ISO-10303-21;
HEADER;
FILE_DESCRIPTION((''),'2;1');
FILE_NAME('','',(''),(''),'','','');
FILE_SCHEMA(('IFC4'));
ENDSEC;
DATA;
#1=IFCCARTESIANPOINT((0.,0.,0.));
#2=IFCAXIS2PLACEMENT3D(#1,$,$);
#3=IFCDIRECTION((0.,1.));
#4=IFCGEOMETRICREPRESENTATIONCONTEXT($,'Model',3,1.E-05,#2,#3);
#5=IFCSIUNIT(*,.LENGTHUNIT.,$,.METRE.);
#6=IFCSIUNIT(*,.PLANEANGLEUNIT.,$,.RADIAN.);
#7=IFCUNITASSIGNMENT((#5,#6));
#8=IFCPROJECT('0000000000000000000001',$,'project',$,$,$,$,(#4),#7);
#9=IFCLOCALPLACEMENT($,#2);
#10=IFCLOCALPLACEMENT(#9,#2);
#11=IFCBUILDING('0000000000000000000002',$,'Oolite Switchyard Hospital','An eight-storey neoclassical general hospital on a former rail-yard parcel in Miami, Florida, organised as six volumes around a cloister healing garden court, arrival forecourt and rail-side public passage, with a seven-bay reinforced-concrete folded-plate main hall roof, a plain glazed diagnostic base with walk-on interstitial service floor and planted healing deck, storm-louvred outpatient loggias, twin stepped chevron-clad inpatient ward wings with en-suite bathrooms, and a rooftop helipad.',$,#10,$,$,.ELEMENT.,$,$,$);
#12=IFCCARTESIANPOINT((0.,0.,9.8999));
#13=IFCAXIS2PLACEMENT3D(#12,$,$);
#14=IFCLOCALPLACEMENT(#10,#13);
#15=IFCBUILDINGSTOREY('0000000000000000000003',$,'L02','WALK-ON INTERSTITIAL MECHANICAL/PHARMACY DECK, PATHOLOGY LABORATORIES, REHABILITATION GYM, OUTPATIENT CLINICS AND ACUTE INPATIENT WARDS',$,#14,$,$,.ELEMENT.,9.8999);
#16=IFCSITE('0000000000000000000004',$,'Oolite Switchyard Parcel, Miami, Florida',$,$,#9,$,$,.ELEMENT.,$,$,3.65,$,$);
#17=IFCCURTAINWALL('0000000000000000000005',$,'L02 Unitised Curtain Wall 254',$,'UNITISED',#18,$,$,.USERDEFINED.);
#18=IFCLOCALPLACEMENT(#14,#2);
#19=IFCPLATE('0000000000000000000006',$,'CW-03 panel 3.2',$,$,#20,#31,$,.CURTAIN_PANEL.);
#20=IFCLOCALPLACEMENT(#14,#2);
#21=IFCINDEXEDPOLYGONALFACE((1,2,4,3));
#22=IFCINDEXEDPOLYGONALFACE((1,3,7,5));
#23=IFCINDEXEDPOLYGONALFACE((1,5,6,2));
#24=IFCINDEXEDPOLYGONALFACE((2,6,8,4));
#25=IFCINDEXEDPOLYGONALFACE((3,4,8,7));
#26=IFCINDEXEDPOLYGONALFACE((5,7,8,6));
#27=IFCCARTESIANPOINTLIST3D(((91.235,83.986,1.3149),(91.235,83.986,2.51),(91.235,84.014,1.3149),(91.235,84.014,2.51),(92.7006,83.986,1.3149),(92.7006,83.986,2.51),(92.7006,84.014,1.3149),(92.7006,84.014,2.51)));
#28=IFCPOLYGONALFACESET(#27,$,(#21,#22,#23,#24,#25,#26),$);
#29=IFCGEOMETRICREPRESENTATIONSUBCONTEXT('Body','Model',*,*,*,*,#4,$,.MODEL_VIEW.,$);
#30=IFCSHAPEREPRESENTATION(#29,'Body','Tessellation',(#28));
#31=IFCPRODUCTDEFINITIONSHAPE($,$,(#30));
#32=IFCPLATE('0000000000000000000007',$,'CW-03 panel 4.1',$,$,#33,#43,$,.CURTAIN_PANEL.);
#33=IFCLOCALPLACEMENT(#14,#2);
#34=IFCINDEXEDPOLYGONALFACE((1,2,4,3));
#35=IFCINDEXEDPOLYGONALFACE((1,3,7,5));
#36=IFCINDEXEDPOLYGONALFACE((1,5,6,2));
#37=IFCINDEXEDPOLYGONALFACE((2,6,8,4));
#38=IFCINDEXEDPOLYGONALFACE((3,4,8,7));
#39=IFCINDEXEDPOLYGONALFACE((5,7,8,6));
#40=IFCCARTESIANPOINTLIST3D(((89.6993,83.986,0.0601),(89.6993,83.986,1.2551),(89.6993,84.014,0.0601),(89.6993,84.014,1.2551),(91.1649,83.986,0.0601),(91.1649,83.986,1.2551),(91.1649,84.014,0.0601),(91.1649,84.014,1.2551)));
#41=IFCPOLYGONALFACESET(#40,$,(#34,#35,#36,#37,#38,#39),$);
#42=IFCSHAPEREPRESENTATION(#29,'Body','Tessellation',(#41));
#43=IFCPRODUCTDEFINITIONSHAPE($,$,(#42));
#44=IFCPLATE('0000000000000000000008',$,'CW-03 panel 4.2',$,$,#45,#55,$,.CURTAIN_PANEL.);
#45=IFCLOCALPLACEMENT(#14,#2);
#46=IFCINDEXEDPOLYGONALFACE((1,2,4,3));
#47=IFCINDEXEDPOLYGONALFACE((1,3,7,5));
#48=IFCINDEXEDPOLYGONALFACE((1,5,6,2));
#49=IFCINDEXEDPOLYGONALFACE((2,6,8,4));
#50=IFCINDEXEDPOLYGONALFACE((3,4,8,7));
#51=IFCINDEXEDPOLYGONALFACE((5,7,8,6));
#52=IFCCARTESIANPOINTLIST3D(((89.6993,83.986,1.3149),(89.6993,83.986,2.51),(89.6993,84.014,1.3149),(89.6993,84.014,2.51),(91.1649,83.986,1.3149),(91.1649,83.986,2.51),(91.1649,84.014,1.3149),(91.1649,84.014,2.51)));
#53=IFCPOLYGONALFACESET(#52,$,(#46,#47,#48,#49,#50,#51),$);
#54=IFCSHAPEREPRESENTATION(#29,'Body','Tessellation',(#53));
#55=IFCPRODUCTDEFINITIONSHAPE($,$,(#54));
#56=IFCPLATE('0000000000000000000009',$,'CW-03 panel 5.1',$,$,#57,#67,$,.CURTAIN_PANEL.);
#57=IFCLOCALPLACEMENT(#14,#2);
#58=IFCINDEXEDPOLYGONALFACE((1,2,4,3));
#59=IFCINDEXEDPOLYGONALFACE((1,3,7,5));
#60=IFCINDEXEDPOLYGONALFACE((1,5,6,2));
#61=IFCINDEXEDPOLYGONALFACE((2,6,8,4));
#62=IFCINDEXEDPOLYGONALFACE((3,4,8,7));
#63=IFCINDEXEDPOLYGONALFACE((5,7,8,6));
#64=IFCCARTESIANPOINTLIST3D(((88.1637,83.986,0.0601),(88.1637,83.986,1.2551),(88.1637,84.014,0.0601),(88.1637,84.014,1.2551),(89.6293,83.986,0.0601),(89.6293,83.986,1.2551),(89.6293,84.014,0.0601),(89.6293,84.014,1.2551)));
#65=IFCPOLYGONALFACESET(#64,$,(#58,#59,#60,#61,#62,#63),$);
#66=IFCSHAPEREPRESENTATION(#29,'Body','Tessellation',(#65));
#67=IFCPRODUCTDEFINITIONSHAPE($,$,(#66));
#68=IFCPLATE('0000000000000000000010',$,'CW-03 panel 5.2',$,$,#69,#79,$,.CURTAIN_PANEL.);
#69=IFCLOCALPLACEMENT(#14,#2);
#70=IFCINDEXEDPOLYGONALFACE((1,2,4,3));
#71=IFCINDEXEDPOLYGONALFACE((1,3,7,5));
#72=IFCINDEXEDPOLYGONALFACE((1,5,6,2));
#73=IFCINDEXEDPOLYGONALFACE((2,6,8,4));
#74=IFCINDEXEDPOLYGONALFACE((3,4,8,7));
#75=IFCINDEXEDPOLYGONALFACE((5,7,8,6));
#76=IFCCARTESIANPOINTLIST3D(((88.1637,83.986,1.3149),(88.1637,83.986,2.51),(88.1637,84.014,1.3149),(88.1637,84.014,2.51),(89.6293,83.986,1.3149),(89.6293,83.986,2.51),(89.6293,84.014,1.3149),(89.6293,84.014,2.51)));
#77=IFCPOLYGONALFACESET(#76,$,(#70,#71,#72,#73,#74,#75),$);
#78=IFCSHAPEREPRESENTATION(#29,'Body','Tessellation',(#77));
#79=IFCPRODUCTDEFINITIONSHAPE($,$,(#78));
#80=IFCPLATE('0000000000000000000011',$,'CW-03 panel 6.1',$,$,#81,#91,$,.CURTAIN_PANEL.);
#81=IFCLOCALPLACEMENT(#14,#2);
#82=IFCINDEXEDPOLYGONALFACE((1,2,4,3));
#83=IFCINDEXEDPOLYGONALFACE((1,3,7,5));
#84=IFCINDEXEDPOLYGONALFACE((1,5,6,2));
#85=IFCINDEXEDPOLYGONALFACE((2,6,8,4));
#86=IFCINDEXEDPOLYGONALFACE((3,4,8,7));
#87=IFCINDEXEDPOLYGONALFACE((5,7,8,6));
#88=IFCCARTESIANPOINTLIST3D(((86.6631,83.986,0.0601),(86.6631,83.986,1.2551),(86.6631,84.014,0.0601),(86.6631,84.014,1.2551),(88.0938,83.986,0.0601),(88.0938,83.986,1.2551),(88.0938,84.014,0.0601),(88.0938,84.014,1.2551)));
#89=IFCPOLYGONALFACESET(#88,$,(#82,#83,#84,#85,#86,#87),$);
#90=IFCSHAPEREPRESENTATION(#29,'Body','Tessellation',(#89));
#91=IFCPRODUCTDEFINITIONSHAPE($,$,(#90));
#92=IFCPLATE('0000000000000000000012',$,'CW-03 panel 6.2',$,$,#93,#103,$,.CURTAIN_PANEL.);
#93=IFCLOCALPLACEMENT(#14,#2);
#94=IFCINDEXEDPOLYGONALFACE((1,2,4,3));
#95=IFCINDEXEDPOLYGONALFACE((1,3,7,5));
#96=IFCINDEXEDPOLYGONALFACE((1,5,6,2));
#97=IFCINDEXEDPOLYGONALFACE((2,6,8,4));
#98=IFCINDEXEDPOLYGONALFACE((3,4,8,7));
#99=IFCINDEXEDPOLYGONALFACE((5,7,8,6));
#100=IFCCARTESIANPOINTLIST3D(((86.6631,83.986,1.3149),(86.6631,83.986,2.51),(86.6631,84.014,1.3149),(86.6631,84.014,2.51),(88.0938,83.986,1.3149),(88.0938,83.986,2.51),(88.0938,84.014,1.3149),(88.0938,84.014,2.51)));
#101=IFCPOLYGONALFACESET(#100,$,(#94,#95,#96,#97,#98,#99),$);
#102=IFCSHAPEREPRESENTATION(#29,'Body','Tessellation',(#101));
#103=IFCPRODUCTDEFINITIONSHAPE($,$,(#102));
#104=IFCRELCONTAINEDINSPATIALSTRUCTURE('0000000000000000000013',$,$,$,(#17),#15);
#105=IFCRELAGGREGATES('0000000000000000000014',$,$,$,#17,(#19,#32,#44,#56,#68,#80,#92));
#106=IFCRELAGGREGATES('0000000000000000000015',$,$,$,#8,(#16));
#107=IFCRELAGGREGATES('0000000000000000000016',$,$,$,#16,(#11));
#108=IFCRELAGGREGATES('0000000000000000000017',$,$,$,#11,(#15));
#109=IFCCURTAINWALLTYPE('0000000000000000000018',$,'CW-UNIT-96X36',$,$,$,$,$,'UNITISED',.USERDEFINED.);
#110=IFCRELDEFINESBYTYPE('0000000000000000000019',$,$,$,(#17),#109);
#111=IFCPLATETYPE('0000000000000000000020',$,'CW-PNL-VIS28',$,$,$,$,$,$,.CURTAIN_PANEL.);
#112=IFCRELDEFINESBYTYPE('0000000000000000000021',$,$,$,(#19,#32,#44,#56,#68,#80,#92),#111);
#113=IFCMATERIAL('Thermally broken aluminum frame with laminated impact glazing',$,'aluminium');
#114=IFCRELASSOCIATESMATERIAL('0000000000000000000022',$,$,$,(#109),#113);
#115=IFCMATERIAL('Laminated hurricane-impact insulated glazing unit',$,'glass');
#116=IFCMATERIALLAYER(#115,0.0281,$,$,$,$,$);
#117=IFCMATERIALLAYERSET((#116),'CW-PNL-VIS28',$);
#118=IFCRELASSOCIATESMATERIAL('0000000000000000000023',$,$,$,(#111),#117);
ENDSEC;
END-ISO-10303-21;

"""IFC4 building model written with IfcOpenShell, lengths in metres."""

from ifc_helpers import new_model, si_unit, direction, frame, origin, origin_2d, place, context, subcontext, project, spatial, rectangle, extrude, material, layer, layer_set, type_object, element, aggregate, save


model = new_model("IFC4")

# Units and contexts
model_context = context("Model", 3, precision=1e-05, world=origin(), true_north=direction((0.0, 1.0)))
body_context = subcontext(model_context, "Body", "Model", "MODEL_VIEW")
ifc_project = project(units=[si_unit("LENGTHUNIT", "METRE"), si_unit("PLANEANGLEUNIT", "RADIAN")], contexts=[model_context])

# Site, building, storey
site_placement = place(None, origin())
site = spatial("IfcSite", under=ifc_project, at=site_placement, Name="Oolite Switchyard Parcel, Miami, Florida", CompositionType="ELEMENT", RefElevation=3.65)
building_placement = place(site_placement, origin())
building = spatial("IfcBuilding", under=site, at=building_placement, Name="Oolite Switchyard Hospital", Description="An eight-storey neoclassical general hospital on a former rail-yard parcel in Miami, Florida, organised as six volumes around a cloister healing garden court, arrival forecourt and rail-side public passage, with a seven-bay reinforced-concrete folded-plate main hall roof, a plain glazed diagnostic base with walk-on interstitial service floor and planted healing deck, storm-louvred outpatient loggias, twin stepped chevron-clad inpatient ward wings with en-suite bathrooms, and a rooftop helipad.", CompositionType="ELEMENT")
storey_placement = place(building_placement, frame((0.0, 0.0, 9.8999)))
storey = spatial("IfcBuildingStorey", under=building, at=storey_placement, Name="L02", Description="WALK-ON INTERSTITIAL MECHANICAL/PHARMACY DECK, PATHOLOGY LABORATORIES, REHABILITATION GYM, OUTPATIENT CLINICS AND ACUTE INPATIENT WARDS", CompositionType="ELEMENT", Elevation=9.8999)

# Curtain wall, plates
ifc_material_1 = material(Name="Thermally broken aluminum frame with laminated impact glazing", Category="aluminium")
curtain_wall_type = type_object("IfcCurtainWallType", Name="CW-UNIT-96X36", ElementType="UNITISED", PredefinedType="USERDEFINED", material=ifc_material_1)
curtain_wall_placement = place(storey_placement, origin())
curtain_wall = element("IfcCurtainWall", 1, at=curtain_wall_placement, inside=storey, type_object=curtain_wall_type, Name="L02 Unitised Curtain Wall 254", ObjectType="UNITISED", PredefinedType="USERDEFINED")
ifc_material_2 = material(Name="Laminated hurricane-impact insulated glazing unit", Category="glass")
ifc_layer = layer(ifc_material_2, 0.0281)
ifc_layer_set = layer_set([ifc_layer], Name="CW-PNL-VIS28")
plate_type = type_object("IfcPlateType", Name="CW-PNL-VIS28", PredefinedType="CURTAIN_PANEL", material=ifc_layer_set)
plate_1_placement = place(storey_placement, frame((91.9678, 84.0, 1.3149), z_axis=(0.0, 0.0, 1.0), x_axis=(-1.0, 0.0, 0.0)))
plate_1 = element("IfcPlate", 2, at=plate_1_placement, type_object=plate_type, Name="CW-03 panel 3.2", PredefinedType="CURTAIN_PANEL", context=body_context, shape_type="SweptSolid", body=[
    extrude(rectangle(XDim=1.4656, YDim=0.0281, at=origin_2d()), origin(), (0.0, 0.0, 1.0), 1.1951),
])
plate_2_placement = place(storey_placement, frame((90.4321, 84.0, 0.0601), z_axis=(0.0, 0.0, 1.0), x_axis=(-1.0, 0.0, 0.0)))
plate_2 = element("IfcPlate", 3, at=plate_2_placement, type_object=plate_type, Name="CW-03 panel 4.1", PredefinedType="CURTAIN_PANEL", context=body_context, shape_type="SweptSolid", body=[
    extrude(rectangle(XDim=1.4656, YDim=0.0281, at=origin_2d()), origin(), (0.0, 0.0, 1.0), 1.1951),
])
plate_3_placement = place(storey_placement, frame((90.4321, 84.0, 1.3149), z_axis=(0.0, 0.0, 1.0), x_axis=(-1.0, 0.0, 0.0)))
plate_3 = element("IfcPlate", 4, at=plate_3_placement, type_object=plate_type, Name="CW-03 panel 4.2", PredefinedType="CURTAIN_PANEL", context=body_context, shape_type="SweptSolid", body=[
    extrude(rectangle(XDim=1.4656, YDim=0.0281, at=origin_2d()), origin(), (0.0, 0.0, 1.0), 1.1951),
])
plate_4_placement = place(storey_placement, frame((88.8965, 84.0, 0.0601), z_axis=(0.0, 0.0, 1.0), x_axis=(-1.0, 0.0, 0.0)))
plate_4 = element("IfcPlate", 5, at=plate_4_placement, type_object=plate_type, Name="CW-03 panel 5.1", PredefinedType="CURTAIN_PANEL", context=body_context, shape_type="SweptSolid", body=[
    extrude(rectangle(XDim=1.4656, YDim=0.0281, at=origin_2d()), origin(), (0.0, 0.0, 1.0), 1.1951),
])
plate_5_placement = place(storey_placement, frame((88.8965, 84.0, 1.3149), z_axis=(0.0, 0.0, 1.0), x_axis=(-1.0, 0.0, 0.0)))
plate_5 = element("IfcPlate", 6, at=plate_5_placement, type_object=plate_type, Name="CW-03 panel 5.2", PredefinedType="CURTAIN_PANEL", context=body_context, shape_type="SweptSolid", body=[
    extrude(rectangle(XDim=1.4656, YDim=0.0281, at=origin_2d()), origin(), (0.0, 0.0, 1.0), 1.1951),
])
plate_6_placement = place(storey_placement, frame((87.3784, 84.0, 0.0601), z_axis=(0.0, 0.0, 1.0), x_axis=(-1.0, 0.0, 0.0)))
plate_6 = element("IfcPlate", 7, at=plate_6_placement, type_object=plate_type, Name="CW-03 panel 6.1", PredefinedType="CURTAIN_PANEL", context=body_context, shape_type="SweptSolid", body=[
    extrude(rectangle(XDim=1.4307, YDim=0.0281, at=origin_2d()), origin(), (0.0, 0.0, 1.0), 1.1951),
])
plate_7_placement = place(storey_placement, frame((87.3784, 84.0, 1.3149), z_axis=(0.0, 0.0, 1.0), x_axis=(-1.0, 0.0, 0.0)))
plate_7 = element("IfcPlate", 8, at=plate_7_placement, type_object=plate_type, Name="CW-03 panel 6.2", PredefinedType="CURTAIN_PANEL", context=body_context, shape_type="SweptSolid", body=[
    extrude(rectangle(XDim=1.4307, YDim=0.0281, at=origin_2d()), origin(), (0.0, 0.0, 1.0), 1.1951),
])
aggregate(curtain_wall, [plate_1, plate_2, plate_3, plate_4, plate_5, plate_6, plate_7])

save(model, "model.ifc")
